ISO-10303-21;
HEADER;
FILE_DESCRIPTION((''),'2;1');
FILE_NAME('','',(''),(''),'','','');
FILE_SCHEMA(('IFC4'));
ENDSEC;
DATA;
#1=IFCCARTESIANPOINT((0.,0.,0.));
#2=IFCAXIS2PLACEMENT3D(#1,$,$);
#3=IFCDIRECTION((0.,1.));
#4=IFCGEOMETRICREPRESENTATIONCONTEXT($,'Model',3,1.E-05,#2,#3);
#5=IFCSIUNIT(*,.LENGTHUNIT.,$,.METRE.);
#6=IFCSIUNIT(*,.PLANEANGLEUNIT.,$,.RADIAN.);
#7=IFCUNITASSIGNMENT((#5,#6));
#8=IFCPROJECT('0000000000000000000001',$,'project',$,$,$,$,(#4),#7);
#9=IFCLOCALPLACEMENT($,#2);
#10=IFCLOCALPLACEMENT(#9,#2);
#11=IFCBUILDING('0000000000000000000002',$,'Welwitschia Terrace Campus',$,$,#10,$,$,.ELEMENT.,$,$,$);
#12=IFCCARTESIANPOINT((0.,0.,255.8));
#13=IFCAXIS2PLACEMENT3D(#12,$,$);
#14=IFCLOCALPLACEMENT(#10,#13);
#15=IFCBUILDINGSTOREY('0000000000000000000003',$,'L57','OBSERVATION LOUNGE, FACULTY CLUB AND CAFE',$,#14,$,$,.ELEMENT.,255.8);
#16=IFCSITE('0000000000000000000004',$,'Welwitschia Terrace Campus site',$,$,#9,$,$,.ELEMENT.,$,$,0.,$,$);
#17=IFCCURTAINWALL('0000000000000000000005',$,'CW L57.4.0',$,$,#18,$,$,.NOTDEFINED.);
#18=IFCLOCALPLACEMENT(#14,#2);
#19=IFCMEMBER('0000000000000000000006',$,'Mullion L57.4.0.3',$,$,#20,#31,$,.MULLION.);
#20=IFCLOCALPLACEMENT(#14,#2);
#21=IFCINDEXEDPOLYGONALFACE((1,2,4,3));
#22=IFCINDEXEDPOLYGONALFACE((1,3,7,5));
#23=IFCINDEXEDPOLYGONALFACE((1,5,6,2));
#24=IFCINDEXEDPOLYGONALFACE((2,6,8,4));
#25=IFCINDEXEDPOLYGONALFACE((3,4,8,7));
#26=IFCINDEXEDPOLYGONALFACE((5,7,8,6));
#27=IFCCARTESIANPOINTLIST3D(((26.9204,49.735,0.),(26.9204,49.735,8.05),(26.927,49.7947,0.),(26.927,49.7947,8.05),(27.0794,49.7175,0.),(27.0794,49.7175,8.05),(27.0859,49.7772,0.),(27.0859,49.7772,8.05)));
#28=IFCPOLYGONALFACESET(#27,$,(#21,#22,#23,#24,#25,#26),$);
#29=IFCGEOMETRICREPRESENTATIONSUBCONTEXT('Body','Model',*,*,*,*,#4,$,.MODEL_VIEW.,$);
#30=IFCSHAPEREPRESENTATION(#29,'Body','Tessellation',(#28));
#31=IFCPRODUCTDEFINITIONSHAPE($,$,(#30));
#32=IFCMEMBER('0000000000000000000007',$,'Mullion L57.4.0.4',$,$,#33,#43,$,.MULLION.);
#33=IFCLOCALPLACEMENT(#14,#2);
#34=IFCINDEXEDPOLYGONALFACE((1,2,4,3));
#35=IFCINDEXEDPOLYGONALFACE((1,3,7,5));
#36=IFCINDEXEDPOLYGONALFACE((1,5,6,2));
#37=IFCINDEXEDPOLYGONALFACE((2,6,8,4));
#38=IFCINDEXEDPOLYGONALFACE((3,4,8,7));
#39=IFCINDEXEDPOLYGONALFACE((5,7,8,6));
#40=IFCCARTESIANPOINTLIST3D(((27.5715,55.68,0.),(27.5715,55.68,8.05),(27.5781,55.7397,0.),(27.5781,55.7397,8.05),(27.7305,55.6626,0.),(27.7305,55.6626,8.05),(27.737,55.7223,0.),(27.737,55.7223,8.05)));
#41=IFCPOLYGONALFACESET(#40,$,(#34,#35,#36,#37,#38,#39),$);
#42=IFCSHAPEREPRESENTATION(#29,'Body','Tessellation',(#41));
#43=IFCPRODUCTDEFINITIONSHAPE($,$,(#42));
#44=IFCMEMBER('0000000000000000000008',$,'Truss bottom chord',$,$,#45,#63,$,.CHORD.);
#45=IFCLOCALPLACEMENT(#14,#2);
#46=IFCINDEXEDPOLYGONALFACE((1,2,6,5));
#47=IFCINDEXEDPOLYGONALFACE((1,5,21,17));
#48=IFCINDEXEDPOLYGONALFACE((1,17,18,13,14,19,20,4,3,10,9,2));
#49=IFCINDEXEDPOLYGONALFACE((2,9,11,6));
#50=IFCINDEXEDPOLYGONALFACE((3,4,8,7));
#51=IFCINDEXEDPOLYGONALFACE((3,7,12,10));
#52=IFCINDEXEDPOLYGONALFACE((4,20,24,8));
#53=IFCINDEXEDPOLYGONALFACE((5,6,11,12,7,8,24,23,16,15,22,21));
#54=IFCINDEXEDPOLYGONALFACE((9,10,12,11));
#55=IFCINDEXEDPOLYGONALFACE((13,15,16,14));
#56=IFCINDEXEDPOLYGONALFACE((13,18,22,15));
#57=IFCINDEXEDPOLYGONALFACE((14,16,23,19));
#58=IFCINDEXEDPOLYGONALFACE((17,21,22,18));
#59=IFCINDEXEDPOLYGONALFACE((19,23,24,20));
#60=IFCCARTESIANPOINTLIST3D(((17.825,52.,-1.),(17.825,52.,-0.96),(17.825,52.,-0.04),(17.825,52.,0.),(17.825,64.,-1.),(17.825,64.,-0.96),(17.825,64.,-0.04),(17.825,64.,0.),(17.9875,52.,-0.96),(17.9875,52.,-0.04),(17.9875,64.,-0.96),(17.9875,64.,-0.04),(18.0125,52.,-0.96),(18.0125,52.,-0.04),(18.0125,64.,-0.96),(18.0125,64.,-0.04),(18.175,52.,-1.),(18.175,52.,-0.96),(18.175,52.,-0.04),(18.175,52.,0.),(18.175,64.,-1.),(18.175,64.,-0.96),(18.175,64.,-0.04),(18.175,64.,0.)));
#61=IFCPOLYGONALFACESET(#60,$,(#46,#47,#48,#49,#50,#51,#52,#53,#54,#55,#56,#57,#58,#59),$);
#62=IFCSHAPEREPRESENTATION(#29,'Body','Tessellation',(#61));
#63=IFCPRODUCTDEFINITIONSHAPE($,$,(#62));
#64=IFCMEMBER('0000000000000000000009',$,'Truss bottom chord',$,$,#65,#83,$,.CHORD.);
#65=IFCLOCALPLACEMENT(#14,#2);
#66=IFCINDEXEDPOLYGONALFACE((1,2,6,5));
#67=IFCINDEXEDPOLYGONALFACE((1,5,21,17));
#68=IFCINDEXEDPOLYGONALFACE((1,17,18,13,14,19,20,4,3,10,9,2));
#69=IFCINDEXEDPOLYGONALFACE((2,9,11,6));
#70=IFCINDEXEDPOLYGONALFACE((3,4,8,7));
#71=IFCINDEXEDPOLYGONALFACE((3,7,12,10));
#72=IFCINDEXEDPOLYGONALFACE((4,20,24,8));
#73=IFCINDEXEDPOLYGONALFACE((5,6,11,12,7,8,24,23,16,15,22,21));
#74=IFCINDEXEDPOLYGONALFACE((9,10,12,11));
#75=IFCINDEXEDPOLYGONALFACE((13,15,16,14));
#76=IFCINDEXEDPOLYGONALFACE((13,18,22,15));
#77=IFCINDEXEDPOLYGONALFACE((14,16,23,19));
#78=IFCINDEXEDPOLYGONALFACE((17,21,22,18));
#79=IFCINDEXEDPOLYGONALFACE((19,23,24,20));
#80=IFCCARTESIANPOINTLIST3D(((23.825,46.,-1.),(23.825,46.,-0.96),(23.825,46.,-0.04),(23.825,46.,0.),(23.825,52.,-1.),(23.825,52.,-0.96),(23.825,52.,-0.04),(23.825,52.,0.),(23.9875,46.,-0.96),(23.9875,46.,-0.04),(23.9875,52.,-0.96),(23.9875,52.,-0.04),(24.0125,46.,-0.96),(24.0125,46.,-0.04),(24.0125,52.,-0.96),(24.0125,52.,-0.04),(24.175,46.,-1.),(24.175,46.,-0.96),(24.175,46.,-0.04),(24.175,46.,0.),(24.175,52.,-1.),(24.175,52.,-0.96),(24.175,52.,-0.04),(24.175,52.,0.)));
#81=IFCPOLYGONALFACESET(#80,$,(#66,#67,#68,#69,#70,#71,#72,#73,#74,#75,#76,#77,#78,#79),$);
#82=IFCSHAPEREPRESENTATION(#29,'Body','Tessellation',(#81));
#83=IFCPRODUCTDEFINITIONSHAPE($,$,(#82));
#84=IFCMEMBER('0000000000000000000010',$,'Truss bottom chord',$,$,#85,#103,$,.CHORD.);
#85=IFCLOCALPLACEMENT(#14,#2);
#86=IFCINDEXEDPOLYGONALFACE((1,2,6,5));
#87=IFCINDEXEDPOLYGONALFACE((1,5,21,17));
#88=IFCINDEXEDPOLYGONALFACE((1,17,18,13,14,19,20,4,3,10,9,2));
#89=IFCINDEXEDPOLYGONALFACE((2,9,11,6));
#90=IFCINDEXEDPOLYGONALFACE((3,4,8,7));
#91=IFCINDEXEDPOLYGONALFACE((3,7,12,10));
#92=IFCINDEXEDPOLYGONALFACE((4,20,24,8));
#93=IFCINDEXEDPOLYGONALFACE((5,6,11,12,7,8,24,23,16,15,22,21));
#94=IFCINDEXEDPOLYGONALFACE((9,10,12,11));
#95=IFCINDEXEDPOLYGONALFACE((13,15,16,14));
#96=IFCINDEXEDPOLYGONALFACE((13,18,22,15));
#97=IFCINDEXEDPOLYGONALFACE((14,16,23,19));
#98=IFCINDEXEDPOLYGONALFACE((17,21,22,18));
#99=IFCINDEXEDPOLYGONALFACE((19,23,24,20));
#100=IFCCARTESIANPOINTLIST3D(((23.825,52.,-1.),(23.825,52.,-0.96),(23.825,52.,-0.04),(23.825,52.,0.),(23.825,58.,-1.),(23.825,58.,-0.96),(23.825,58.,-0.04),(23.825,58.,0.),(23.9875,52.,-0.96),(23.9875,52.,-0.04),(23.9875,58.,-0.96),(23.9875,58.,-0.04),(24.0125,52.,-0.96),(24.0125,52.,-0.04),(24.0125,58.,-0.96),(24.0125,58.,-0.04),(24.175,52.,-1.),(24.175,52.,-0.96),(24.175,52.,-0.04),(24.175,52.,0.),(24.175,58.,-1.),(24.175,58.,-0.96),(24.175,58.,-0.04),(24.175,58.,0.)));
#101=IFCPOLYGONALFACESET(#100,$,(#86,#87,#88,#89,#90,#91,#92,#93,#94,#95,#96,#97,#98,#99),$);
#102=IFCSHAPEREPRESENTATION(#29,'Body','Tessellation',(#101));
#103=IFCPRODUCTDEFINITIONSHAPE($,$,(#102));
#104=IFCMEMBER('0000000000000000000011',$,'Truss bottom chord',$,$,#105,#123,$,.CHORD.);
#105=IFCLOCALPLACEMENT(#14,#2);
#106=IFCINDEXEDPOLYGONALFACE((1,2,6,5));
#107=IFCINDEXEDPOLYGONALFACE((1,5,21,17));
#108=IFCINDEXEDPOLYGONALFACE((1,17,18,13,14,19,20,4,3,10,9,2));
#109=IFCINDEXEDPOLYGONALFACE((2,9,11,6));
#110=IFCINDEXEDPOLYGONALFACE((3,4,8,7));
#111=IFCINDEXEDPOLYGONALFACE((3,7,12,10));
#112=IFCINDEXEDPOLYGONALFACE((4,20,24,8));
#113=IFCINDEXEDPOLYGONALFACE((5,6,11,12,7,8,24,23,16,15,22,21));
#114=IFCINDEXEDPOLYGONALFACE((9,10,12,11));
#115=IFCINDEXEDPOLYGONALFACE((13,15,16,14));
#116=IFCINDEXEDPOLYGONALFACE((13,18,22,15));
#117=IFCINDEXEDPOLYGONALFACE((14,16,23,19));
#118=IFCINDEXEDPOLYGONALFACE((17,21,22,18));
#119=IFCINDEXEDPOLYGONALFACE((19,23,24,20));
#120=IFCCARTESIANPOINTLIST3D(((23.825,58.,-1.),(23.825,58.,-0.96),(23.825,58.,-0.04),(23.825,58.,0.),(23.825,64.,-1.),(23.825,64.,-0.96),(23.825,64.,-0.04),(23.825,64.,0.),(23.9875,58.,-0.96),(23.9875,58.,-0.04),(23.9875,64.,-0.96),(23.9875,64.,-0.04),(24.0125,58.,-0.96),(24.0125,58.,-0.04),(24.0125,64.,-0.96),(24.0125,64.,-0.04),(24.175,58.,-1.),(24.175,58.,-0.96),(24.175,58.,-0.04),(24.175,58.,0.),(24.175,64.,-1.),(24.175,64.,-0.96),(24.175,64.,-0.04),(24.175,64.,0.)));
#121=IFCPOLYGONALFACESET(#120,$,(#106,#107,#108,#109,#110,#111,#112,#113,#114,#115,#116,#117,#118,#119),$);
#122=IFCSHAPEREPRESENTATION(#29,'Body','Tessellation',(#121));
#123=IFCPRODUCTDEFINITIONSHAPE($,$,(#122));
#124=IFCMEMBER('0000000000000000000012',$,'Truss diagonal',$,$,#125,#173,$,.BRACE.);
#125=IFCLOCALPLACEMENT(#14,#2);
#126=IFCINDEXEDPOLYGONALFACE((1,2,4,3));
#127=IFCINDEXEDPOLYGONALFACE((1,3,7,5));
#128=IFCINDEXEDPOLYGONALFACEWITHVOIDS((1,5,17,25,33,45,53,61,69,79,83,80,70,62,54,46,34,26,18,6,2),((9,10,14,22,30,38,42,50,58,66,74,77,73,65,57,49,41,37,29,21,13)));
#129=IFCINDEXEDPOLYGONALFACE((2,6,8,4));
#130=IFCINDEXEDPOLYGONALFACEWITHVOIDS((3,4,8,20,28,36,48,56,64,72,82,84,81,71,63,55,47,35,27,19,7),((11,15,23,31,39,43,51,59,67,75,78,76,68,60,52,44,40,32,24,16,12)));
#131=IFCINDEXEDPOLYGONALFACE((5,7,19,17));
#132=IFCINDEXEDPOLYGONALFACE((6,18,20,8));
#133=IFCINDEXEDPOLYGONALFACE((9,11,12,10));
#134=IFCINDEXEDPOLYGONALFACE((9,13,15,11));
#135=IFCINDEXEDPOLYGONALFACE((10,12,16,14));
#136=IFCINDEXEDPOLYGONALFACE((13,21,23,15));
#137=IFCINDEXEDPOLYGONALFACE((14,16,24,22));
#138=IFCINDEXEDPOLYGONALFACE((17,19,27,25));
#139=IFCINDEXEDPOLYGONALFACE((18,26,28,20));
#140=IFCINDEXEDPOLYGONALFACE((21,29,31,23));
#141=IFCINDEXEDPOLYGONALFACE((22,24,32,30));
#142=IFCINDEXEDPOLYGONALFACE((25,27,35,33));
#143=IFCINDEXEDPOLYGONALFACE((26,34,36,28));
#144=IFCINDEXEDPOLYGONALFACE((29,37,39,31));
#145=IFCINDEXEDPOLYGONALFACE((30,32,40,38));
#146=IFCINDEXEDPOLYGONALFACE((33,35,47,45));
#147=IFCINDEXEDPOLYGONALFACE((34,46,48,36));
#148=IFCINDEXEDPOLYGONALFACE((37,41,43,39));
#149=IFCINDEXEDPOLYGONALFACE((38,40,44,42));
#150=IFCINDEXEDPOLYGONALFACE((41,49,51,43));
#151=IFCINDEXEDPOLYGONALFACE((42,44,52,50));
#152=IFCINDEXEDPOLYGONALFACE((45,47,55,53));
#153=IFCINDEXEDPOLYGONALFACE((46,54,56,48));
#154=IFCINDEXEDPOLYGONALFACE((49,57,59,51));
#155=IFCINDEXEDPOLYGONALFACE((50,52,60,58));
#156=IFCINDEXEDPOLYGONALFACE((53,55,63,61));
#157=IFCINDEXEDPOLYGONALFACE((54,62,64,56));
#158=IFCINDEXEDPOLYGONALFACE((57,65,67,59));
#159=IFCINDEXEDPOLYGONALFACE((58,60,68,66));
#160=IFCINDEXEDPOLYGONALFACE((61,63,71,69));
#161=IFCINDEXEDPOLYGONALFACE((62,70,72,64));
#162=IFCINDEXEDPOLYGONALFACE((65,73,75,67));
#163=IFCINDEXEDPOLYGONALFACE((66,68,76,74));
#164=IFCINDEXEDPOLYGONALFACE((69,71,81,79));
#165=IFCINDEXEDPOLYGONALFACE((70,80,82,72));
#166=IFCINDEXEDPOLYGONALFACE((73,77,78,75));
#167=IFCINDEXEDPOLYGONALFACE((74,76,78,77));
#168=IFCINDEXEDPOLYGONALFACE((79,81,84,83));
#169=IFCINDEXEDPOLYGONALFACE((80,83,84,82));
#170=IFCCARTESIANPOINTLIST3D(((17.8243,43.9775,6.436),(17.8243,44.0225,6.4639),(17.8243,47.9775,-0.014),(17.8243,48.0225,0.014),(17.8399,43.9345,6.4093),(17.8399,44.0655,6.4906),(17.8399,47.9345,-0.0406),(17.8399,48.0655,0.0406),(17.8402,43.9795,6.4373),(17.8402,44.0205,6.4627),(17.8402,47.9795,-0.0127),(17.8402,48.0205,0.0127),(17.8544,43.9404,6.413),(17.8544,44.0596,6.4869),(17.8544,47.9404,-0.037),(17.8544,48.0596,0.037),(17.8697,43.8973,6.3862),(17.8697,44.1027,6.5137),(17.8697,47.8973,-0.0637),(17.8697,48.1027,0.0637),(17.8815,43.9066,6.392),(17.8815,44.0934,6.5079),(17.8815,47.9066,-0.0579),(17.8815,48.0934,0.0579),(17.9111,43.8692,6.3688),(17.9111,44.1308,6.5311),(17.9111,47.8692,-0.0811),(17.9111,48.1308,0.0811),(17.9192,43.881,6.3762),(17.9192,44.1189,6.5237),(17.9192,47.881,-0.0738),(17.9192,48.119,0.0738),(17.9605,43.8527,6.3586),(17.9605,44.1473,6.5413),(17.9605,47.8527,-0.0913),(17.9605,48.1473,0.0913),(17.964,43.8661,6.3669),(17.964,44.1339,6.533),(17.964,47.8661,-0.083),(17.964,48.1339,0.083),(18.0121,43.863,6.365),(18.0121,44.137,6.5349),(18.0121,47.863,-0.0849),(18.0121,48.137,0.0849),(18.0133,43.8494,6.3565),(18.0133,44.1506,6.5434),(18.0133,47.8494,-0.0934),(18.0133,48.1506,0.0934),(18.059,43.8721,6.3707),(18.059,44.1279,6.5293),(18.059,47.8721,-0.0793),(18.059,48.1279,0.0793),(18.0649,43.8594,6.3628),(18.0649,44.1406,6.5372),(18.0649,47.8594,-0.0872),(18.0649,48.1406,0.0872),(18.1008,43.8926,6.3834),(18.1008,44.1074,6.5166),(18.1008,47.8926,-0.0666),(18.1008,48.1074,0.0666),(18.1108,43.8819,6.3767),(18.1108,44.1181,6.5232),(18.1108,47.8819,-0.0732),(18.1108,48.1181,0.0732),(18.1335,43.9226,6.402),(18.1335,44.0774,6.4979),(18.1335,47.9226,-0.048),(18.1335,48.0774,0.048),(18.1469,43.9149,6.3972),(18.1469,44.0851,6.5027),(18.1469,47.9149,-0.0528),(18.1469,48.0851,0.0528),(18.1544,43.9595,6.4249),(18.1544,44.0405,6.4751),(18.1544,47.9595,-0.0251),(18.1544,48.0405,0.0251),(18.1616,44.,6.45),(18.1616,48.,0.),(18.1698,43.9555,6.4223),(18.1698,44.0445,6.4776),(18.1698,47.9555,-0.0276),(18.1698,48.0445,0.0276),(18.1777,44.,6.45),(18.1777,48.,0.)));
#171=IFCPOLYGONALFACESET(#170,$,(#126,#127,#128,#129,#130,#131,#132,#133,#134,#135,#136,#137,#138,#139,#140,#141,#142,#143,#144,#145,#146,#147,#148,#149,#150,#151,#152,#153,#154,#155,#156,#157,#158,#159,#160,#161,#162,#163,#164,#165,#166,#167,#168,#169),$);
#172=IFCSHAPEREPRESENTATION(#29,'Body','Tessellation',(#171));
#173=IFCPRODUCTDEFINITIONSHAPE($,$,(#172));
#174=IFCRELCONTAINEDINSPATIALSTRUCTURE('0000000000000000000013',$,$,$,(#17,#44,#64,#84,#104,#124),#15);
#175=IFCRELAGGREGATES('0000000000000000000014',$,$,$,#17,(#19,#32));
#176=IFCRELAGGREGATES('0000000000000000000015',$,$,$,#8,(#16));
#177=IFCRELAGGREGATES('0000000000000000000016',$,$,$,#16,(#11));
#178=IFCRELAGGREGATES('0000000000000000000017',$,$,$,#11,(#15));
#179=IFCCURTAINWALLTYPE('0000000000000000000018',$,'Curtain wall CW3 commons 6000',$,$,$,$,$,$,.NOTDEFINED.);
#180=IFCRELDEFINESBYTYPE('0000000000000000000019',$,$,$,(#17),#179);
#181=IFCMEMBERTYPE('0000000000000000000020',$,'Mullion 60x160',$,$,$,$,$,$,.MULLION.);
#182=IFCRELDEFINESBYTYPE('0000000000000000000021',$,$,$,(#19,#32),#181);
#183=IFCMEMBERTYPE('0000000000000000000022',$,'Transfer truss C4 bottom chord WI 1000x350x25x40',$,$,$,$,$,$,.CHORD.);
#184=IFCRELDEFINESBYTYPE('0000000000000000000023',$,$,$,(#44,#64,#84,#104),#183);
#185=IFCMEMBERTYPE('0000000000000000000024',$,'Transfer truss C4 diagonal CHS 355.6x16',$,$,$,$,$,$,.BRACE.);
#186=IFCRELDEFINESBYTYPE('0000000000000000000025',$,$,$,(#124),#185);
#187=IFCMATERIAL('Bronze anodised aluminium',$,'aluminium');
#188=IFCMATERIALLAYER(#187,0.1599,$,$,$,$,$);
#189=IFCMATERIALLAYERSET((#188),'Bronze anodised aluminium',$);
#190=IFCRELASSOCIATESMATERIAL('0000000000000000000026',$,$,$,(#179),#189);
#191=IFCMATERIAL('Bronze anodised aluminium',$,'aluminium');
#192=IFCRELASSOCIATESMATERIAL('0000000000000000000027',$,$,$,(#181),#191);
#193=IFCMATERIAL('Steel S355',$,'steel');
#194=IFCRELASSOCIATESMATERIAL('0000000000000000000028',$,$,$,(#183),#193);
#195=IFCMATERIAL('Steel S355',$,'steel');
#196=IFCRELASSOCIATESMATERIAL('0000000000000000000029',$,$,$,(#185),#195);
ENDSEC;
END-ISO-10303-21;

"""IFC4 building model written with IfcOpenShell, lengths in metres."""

from ifc_helpers import new_model, si_unit, direction, frame, origin, origin_2d, place, context, subcontext, project, spatial, rectangle, hollow_circle, i_section, extrude, material, layer, layer_set, material_profile, profile_set, type_object, element, aggregate, save


model = new_model("IFC4")

# Units and contexts
model_context = context("Model", 3, precision=1e-05, world=origin(), true_north=direction((0.0, 1.0)))
body_context = subcontext(model_context, "Body", "Model", "MODEL_VIEW")
ifc_project = project(units=[si_unit("LENGTHUNIT", "METRE"), si_unit("PLANEANGLEUNIT", "RADIAN")], contexts=[model_context])

# Site, building, storey
site_placement = place(None, origin())
site = spatial("IfcSite", under=ifc_project, at=site_placement, Name="Welwitschia Terrace Campus site", CompositionType="ELEMENT", RefElevation=0.0)
building_placement = place(site_placement, origin())
building = spatial("IfcBuilding", under=site, at=building_placement, Name="Welwitschia Terrace Campus", CompositionType="ELEMENT")
storey_placement = place(building_placement, frame((0.0, 0.0, 255.8)))
storey = spatial("IfcBuildingStorey", under=building, at=storey_placement, Name="L57", Description="OBSERVATION LOUNGE, FACULTY CLUB AND CAFE", CompositionType="ELEMENT", Elevation=255.8)

# Curtain wall, members
ifc_material_1 = material(Name="Bronze anodised aluminium", Category="aluminium")
ifc_layer_1 = layer(ifc_material_1, 0.1599)
ifc_layer_set_1 = layer_set([ifc_layer_1], Name="Bronze anodised aluminium")
curtain_wall_type = type_object("IfcCurtainWallType", Name="Curtain wall CW3 commons 6000", PredefinedType="NOTDEFINED", material=ifc_layer_set_1)
curtain_wall_placement = place(storey_placement, origin())
curtain_wall = element("IfcCurtainWall", 1, at=curtain_wall_placement, inside=storey, type_object=curtain_wall_type, Name="CW L57.4.0", PredefinedType="NOTDEFINED")
ifc_material_2 = material(Name="Bronze anodised aluminium", Category="aluminium")
ifc_material_profile_1 = material_profile(ifc_material_2, rectangle(XDim=0.1599, YDim=0.0601, at=origin_2d()))
ifc_profile_set_1 = profile_set([ifc_material_profile_1], Name="Bronze anodised aluminium")
member_type_1 = type_object("IfcMemberType", Name="Mullion 60x160", PredefinedType="MULLION", material=ifc_profile_set_1)
member_1_placement = place(storey_placement, frame((27.0032, 49.7561, 0.0), z_axis=(0.0, 0.0, 1.0), x_axis=(-0.994056, 0.108867, 0.0)))
member_1 = element("IfcMember", 2, at=member_1_placement, type_object=member_type_1, Name="Mullion L57.4.0.3", PredefinedType="MULLION", context=body_context, shape_type="SweptSolid", body=[
    extrude(rectangle(XDim=0.1599, YDim=0.0601, at=origin_2d()), origin(), (0.0, 0.0, 1.0), 8.05),
])
member_2_placement = place(storey_placement, frame((27.6543, 55.7012, 0.0), z_axis=(0.0, 0.0, 1.0), x_axis=(-0.994056, 0.108867, 0.0)))
member_2 = element("IfcMember", 3, at=member_2_placement, type_object=member_type_1, Name="Mullion L57.4.0.4", PredefinedType="MULLION", context=body_context, shape_type="SweptSolid", body=[
    extrude(rectangle(XDim=0.1599, YDim=0.0601, at=origin_2d()), origin(), (0.0, 0.0, 1.0), 8.05),
])

# Members
ifc_material_3 = material(Name="Steel S355", Category="steel")
ifc_material_profile_2 = material_profile(ifc_material_3, i_section(OverallWidth=0.3501, OverallDepth=1.0, WebThickness=0.0249, FlangeThickness=0.04, at=origin_2d()))
ifc_profile_set_2 = profile_set([ifc_material_profile_2], Name="Steel S355")
member_type_2 = type_object("IfcMemberType", Name="Transfer truss C4 bottom chord WI 1000x350x25x40", PredefinedType="CHORD", material=ifc_profile_set_2)
member_3_placement = place(storey_placement, frame((18.0, 52.0, -0.5), z_axis=(0.0, 1.0, 0.0), x_axis=(-1.0, 0.0, 0.0)))
element("IfcMember", 4, at=member_3_placement, inside=storey, type_object=member_type_2, Name="Truss bottom chord", PredefinedType="CHORD", context=body_context, shape_type="SweptSolid", body=[
    extrude(i_section(OverallWidth=0.3501, OverallDepth=1.0, WebThickness=0.0249, FlangeThickness=0.04, at=origin_2d()), origin(), (0.0, 0.0, 1.0), 12.0),
])
for number, where, z_axis, x_axis, name in (
    (5, (24.0, 46.0, -0.5), (0.0, 1.0, 0.0), (-1.0, 0.0, 0.0), "Truss bottom chord"),
    (6, (24.0, 52.0, -0.5), (0.0, 1.0, 0.0), (-1.0, 0.0, 0.0), "Truss bottom chord"),
    (7, (24.0, 58.0, -0.5), (0.0, 1.0, 0.0), (-1.0, 0.0, 0.0), "Truss bottom chord"),
):
    element("IfcMember", number, at=place(storey_placement, frame(where, z_axis=z_axis, x_axis=x_axis)), inside=storey, type_object=member_type_2, Name=name, PredefinedType="CHORD", context=body_context, shape_type="SweptSolid", body=[
        extrude(i_section(OverallWidth=0.3501, OverallDepth=1.0, WebThickness=0.0249, FlangeThickness=0.04, at=origin_2d()), origin(), (0.0, 0.0, 1.0), 6.0),
    ])
ifc_material_4 = material(Name="Steel S355", Category="steel")
ifc_material_profile_3 = material_profile(ifc_material_4, hollow_circle(Radius=0.1777, WallThickness=0.0161, at=origin_2d()))
ifc_profile_set_3 = profile_set([ifc_material_profile_3], Name="Steel S355")
member_type_3 = type_object("IfcMemberType", Name="Transfer truss C4 diagonal CHS 355.6x16", PredefinedType="BRACE", material=ifc_profile_set_3)
for number, where, z_axis, x_axis, name in (
    (8, (18.0, 48.0, 0.0), (0.0, -0.527038, 0.849842), (1.0, 0.0, 0.0), "Truss diagonal"),
):
    element("IfcMember", number, at=place(storey_placement, frame(where, z_axis=z_axis, x_axis=x_axis)), inside=storey, type_object=member_type_3, Name=name, PredefinedType="BRACE", context=body_context, shape_type="SweptSolid", body=[
        extrude(hollow_circle(Radius=0.1777, WallThickness=0.0161, at=origin_2d()), origin(), (0.0, 0.0, 1.0), 7.5896),
    ])

aggregate(curtain_wall, [member_1, member_2])

save(model, "model.ifc")
